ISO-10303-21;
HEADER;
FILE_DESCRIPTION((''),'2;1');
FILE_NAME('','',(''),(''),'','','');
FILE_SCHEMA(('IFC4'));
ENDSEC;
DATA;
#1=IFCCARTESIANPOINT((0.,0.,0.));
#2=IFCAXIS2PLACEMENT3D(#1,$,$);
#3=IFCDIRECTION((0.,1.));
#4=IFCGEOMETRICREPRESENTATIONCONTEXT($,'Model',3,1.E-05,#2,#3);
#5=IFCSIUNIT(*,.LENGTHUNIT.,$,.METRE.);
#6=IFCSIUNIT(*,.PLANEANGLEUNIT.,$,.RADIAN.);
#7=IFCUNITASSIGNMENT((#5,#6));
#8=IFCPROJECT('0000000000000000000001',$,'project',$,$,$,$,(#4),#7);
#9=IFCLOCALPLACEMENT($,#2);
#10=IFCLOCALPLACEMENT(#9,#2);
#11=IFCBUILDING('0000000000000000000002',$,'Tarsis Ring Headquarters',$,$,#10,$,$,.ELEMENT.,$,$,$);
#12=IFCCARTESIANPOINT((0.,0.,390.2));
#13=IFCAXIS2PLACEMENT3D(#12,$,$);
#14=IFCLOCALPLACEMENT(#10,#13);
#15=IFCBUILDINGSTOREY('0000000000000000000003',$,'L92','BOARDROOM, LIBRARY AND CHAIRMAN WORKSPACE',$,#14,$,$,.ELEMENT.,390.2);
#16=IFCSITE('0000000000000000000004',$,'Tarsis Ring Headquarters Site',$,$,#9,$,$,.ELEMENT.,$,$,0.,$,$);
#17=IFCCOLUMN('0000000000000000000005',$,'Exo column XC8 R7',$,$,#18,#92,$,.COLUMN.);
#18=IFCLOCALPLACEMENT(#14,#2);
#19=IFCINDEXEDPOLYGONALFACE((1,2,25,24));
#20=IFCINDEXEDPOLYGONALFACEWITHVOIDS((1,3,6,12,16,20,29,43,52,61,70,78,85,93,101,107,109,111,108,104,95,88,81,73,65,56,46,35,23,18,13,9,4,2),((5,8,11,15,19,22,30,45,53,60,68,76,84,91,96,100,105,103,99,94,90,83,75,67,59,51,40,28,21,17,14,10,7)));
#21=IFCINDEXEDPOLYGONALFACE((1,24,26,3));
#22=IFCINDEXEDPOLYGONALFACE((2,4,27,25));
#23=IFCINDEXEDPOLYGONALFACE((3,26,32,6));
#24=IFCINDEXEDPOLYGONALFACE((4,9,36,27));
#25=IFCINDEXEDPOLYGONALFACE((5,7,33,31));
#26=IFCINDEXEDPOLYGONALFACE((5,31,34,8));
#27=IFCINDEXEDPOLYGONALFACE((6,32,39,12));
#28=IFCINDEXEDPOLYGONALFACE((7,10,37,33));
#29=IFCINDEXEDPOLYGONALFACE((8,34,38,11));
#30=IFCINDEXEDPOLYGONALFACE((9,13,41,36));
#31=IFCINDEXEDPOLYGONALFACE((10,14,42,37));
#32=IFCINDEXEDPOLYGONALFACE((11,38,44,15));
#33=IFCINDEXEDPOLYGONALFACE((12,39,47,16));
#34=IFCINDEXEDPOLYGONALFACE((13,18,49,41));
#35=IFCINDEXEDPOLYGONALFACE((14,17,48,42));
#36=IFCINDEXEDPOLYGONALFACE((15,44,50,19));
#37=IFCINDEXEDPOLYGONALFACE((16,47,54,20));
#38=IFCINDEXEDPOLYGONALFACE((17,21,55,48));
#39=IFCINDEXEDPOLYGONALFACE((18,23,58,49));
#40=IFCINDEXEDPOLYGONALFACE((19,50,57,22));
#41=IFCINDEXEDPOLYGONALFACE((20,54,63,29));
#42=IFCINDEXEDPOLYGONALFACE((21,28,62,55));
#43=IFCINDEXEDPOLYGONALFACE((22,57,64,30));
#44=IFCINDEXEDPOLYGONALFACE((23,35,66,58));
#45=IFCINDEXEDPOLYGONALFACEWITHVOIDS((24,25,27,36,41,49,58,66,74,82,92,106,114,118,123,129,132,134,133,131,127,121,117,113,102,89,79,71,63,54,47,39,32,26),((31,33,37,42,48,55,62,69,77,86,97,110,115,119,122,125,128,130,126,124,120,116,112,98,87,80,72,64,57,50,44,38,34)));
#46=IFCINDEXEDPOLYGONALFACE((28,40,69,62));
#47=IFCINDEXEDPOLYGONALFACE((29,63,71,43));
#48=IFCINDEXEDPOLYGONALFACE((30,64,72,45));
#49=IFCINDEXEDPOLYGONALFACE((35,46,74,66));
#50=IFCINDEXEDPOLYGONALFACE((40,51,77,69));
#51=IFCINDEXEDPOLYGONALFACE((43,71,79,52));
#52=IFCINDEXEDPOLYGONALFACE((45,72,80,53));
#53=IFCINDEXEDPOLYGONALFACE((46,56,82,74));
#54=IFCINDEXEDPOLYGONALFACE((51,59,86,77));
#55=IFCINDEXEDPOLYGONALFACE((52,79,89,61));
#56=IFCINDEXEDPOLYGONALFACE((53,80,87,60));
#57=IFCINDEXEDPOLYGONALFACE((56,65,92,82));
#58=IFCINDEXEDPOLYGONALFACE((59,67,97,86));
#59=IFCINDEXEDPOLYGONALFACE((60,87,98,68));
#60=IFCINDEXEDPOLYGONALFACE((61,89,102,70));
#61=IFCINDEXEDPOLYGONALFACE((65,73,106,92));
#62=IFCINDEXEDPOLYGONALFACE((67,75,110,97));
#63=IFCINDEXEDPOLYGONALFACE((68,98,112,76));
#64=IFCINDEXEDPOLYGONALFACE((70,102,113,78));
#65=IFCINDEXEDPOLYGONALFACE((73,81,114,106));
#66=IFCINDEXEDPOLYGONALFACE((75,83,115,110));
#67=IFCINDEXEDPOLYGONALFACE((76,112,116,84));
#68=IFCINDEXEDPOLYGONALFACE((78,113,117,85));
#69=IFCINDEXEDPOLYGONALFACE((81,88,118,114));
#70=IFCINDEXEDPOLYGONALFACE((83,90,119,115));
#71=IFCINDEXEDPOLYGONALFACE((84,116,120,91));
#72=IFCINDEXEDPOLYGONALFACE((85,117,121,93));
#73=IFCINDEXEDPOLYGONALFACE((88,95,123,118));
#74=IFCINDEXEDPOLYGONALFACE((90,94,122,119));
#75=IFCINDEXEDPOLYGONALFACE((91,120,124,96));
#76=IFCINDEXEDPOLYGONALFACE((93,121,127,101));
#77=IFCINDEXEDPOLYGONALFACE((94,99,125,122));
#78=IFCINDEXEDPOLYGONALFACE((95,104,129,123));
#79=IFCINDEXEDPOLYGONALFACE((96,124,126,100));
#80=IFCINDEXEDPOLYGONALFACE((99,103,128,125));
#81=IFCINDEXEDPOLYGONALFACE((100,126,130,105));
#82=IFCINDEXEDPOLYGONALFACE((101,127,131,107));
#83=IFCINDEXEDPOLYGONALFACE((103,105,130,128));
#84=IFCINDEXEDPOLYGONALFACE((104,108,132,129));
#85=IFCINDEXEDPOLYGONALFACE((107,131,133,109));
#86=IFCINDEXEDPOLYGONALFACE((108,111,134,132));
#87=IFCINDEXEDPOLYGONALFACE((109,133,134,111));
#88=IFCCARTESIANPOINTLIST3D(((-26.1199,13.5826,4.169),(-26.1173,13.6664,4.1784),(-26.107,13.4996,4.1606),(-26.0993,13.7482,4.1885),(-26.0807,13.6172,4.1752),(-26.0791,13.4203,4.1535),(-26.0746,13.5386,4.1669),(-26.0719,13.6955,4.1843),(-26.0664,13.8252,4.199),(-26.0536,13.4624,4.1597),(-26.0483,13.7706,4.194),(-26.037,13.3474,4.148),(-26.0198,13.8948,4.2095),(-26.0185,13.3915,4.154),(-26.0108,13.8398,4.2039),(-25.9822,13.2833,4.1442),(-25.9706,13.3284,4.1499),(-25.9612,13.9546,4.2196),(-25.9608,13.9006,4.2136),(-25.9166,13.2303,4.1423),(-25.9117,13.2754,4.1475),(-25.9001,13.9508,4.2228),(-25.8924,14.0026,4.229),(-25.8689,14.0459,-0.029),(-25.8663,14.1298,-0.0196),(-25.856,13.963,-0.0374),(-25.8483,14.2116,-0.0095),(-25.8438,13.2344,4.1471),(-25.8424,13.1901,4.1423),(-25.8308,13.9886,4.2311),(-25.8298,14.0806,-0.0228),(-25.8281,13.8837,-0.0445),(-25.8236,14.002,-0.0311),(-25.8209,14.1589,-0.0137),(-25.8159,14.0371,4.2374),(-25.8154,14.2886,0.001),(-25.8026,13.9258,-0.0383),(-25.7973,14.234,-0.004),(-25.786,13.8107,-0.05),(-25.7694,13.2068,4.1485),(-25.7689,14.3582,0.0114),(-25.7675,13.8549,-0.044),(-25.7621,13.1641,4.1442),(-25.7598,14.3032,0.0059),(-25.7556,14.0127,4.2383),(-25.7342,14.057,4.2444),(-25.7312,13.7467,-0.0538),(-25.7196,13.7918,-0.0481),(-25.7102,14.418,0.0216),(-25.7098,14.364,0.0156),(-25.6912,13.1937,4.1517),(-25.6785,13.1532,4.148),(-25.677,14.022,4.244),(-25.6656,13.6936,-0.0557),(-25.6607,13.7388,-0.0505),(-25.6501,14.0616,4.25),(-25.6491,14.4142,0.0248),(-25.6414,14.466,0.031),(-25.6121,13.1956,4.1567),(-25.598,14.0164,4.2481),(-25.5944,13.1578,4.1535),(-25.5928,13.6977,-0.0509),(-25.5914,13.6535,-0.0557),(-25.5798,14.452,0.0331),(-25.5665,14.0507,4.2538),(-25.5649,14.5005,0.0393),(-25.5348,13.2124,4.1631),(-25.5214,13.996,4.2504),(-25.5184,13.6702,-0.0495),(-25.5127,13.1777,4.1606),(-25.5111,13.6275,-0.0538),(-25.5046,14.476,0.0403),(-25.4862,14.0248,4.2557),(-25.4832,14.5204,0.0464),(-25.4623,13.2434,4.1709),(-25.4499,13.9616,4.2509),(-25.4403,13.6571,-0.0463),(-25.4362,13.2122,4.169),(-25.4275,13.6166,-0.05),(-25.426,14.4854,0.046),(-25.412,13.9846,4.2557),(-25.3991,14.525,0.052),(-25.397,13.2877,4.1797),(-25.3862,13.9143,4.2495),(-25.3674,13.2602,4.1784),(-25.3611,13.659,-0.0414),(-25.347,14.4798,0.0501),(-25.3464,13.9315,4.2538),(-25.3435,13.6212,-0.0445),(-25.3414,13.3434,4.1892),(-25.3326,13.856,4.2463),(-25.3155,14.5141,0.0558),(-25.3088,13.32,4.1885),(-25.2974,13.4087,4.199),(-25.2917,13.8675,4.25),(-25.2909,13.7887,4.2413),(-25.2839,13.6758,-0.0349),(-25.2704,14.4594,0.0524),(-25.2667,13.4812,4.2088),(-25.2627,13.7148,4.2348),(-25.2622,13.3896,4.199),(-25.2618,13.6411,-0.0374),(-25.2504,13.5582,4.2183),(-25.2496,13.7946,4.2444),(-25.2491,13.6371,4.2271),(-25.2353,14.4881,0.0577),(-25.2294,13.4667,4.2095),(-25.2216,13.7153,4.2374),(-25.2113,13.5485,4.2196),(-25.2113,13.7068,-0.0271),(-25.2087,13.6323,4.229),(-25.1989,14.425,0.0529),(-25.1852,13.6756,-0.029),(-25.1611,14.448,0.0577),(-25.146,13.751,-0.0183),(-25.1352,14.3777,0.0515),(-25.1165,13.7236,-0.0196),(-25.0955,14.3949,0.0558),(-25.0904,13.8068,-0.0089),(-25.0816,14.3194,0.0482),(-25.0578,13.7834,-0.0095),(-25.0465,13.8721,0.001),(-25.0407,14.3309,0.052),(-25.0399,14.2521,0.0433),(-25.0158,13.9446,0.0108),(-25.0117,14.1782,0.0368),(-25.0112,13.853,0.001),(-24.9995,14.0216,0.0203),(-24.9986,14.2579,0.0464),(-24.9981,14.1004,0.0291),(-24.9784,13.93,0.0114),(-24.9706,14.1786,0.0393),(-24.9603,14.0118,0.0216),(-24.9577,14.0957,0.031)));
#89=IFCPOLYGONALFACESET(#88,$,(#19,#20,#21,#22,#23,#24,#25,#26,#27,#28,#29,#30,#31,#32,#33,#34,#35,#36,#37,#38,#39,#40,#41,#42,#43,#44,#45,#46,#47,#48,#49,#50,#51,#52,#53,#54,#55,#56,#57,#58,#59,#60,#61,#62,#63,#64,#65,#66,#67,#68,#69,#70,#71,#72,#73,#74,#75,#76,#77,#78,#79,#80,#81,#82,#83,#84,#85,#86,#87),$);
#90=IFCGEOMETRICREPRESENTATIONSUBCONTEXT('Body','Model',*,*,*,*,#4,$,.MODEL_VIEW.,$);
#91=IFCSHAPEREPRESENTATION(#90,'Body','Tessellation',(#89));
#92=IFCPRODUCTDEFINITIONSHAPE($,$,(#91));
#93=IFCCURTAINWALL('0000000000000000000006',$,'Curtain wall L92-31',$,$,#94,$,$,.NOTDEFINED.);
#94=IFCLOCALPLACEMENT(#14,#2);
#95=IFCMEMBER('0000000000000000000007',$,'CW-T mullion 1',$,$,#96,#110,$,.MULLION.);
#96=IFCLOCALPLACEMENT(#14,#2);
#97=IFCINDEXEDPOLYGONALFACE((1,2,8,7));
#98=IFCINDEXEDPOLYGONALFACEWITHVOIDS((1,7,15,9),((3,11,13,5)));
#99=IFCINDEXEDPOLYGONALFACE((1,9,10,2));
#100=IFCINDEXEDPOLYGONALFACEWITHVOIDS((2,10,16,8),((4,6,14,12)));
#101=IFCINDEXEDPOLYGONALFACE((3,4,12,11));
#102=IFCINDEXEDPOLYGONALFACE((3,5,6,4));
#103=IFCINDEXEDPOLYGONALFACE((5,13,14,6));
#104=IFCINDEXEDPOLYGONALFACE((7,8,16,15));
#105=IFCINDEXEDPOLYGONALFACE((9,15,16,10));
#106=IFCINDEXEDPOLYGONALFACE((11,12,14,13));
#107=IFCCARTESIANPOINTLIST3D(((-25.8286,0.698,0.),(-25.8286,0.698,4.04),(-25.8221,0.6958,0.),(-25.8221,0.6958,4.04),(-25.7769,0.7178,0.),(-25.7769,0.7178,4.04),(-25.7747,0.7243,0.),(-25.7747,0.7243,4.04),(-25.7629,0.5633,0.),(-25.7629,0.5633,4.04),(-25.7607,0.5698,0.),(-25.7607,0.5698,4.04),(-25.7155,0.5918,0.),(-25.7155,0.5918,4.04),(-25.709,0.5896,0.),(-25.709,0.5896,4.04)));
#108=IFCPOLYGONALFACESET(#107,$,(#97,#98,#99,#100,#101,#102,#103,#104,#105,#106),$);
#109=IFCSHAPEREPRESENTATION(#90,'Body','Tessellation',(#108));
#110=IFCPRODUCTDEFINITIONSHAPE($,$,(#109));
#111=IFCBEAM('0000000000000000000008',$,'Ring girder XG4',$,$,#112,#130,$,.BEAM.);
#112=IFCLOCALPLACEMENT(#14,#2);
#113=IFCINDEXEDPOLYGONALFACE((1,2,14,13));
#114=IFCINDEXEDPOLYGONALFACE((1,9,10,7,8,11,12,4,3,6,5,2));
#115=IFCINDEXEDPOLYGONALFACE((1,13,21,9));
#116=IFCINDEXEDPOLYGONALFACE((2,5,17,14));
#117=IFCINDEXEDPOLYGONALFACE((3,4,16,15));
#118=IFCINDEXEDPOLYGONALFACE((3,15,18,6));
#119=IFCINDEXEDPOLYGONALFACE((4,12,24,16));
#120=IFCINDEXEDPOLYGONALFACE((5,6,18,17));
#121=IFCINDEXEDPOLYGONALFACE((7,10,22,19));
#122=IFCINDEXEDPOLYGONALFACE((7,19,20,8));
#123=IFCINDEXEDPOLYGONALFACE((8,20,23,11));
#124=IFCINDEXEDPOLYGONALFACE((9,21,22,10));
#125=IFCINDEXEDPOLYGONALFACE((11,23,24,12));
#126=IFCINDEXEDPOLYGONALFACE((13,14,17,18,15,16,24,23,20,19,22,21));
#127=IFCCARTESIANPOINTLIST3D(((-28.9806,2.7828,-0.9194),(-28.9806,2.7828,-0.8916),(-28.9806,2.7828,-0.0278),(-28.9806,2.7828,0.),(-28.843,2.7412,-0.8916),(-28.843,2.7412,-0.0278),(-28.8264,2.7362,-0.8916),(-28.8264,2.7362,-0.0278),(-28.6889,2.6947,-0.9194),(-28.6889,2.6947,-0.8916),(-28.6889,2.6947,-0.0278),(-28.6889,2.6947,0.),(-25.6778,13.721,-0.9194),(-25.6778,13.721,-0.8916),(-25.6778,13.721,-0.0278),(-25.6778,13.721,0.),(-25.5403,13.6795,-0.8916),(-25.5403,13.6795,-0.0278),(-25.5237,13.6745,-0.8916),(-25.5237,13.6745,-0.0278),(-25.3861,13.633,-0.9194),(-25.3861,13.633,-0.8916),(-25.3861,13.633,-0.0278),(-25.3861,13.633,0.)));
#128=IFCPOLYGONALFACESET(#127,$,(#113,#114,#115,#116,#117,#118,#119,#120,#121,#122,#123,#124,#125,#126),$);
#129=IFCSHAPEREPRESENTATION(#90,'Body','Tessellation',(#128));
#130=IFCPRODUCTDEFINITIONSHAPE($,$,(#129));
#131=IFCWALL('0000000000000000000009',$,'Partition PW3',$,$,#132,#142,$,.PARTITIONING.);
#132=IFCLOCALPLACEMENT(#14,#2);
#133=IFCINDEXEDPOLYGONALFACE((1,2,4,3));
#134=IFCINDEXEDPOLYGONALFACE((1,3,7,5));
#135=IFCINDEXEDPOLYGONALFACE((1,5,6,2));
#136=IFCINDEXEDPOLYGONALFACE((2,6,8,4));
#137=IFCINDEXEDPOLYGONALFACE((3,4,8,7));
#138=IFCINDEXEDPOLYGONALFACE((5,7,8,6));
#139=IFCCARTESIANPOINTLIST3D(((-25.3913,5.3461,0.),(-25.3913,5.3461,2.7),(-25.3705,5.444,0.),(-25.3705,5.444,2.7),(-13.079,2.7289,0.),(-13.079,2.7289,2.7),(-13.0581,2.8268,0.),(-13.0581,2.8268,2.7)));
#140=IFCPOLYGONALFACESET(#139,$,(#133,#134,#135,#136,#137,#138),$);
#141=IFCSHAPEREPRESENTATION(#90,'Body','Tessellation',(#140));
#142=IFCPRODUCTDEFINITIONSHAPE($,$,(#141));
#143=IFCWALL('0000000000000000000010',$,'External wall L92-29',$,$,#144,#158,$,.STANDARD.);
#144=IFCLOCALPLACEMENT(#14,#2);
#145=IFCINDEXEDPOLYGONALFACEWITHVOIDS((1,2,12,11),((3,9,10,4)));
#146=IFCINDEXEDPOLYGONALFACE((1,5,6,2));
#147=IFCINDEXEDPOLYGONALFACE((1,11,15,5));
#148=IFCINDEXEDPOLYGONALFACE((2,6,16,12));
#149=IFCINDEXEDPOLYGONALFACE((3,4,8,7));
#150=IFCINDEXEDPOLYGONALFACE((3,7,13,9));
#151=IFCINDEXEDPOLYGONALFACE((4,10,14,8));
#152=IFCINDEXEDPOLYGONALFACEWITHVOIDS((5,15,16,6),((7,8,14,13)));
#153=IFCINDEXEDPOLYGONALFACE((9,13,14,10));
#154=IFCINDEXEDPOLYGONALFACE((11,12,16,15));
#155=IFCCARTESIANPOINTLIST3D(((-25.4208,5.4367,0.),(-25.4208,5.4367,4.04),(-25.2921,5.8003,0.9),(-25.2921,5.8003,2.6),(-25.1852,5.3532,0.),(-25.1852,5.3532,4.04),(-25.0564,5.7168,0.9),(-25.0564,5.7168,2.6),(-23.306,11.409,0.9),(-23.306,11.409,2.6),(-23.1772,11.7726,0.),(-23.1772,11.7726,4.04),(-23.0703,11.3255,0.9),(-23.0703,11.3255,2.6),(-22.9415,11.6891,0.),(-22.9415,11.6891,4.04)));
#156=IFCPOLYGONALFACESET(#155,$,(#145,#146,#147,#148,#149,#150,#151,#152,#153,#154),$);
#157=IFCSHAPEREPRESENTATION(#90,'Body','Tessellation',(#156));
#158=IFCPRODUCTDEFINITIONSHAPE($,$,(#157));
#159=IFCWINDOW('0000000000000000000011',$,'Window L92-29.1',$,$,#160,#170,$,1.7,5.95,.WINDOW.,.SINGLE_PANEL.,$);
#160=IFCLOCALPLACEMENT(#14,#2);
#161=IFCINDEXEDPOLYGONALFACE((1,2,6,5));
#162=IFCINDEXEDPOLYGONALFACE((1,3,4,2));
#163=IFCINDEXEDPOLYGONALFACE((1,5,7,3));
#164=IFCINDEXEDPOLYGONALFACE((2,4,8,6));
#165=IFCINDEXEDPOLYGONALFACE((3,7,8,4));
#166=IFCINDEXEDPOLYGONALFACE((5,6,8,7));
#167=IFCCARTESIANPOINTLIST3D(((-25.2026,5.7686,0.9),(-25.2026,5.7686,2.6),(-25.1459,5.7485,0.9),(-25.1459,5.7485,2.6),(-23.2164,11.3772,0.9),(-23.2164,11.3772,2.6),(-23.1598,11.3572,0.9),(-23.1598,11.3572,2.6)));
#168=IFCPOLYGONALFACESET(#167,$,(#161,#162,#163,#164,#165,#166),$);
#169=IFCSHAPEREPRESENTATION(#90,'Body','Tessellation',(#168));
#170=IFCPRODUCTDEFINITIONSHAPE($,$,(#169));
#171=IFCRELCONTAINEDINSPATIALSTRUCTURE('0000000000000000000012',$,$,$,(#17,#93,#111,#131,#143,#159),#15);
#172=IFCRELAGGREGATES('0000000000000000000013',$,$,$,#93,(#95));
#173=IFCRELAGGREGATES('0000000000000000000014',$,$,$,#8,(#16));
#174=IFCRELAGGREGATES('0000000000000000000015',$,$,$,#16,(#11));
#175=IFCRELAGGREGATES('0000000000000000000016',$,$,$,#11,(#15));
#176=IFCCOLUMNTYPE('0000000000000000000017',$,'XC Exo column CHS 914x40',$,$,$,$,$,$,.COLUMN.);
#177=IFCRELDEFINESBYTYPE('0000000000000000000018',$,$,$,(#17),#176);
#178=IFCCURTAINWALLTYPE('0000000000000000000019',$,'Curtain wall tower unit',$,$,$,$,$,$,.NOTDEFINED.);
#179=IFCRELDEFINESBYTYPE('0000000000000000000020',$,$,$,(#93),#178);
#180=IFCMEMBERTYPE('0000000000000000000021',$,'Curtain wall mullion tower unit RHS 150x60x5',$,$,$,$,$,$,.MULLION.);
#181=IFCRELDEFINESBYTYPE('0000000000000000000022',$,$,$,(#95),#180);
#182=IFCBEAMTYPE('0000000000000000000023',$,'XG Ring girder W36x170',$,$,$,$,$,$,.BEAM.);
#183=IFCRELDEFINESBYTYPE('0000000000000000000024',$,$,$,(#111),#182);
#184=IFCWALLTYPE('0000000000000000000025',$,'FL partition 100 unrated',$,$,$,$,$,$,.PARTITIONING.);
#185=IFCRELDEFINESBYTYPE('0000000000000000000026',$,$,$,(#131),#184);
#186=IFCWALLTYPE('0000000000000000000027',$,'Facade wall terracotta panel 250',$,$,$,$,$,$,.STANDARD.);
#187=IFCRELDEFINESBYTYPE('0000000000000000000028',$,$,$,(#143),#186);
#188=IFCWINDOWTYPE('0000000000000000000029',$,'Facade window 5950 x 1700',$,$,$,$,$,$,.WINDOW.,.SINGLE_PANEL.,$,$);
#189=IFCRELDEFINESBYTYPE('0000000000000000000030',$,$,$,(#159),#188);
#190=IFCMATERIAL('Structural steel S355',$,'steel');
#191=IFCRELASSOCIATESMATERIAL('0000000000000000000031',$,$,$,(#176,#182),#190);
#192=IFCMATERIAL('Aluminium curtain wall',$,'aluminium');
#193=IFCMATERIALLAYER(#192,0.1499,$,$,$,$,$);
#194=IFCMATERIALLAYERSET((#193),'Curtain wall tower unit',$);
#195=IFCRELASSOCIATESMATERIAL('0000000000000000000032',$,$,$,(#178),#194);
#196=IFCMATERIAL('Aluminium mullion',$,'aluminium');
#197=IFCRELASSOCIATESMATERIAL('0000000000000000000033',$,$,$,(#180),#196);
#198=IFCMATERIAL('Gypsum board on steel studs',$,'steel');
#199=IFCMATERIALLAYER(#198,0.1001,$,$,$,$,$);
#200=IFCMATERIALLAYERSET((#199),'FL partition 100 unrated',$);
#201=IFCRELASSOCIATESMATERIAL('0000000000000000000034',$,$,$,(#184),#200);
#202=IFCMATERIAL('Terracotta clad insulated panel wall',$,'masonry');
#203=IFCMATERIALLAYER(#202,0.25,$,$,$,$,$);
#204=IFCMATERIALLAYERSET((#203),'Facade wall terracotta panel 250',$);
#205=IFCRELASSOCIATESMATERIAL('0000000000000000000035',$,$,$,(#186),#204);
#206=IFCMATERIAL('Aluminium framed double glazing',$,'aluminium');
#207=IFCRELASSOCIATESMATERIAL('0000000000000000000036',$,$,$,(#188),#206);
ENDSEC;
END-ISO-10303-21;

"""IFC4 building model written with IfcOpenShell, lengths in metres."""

from ifc_helpers import new_model, si_unit, direction, frame, frame_2d, origin, origin_2d, place, context, subcontext, project, spatial, rectangle, hollow_rectangle, hollow_circle, i_section, extrude, material, layer, layer_set, material_profile, profile_set, type_object, element, fill, aggregate, save


model = new_model("IFC4")

# Units and contexts
model_context = context("Model", 3, precision=1e-05, world=origin(), true_north=direction((0.0, 1.0)))
body_context = subcontext(model_context, "Body", "Model", "MODEL_VIEW")
ifc_project = project(units=[si_unit("LENGTHUNIT", "METRE"), si_unit("PLANEANGLEUNIT", "RADIAN")], contexts=[model_context])

# Site, building, storey
site_placement = place(None, origin())
site = spatial("IfcSite", under=ifc_project, at=site_placement, Name="Tarsis Ring Headquarters Site", CompositionType="ELEMENT", RefElevation=0.0)
building_placement = place(site_placement, origin())
building = spatial("IfcBuilding", under=site, at=building_placement, Name="Tarsis Ring Headquarters", CompositionType="ELEMENT")
storey_placement = place(building_placement, frame((0.0, 0.0, 390.2)))
storey = spatial("IfcBuildingStorey", under=building, at=storey_placement, Name="L92", Description="BOARDROOM, LIBRARY AND CHAIRMAN WORKSPACE", CompositionType="ELEMENT", Elevation=390.2)

# Column
ifc_material_1 = material(Name="Structural steel S355", Category="steel")
ifc_material_profile_1 = material_profile(ifc_material_1, hollow_circle(Radius=0.457, WallThickness=0.04, at=origin_2d()), Name="CHS 914x40")
ifc_profile_set_1 = profile_set([ifc_material_profile_1], Name="Structural steel S355")
column_type = type_object("IfcColumnType", Name="XC Exo column CHS 914x40", PredefinedType="COLUMN", material=ifc_profile_set_1)
column_placement = place(storey_placement, frame((-25.4133, 14.0708, 0.001), z_axis=(-0.059319, -0.109521, 0.992213), x_axis=(0.879308, -0.476253, 0.0)))
element("IfcColumn", 1, at=column_placement, inside=storey, type_object=column_type, Name="Exo column XC8 R7", PredefinedType="COLUMN", context=body_context, shape_type="SweptSolid", body=[
    extrude(hollow_circle(Radius=0.4573, WallThickness=0.04, at=origin_2d()), origin(), (0.0, 0.0, 1.0), 4.231),
])

# Curtain wall, member
ifc_material_2 = material(Name="Aluminium curtain wall", Category="aluminium")
ifc_layer_1 = layer(ifc_material_2, 0.1499)
ifc_layer_set_1 = layer_set([ifc_layer_1], Name="Curtain wall tower unit")
curtain_wall_type = type_object("IfcCurtainWallType", Name="Curtain wall tower unit", PredefinedType="NOTDEFINED", material=ifc_layer_set_1)
curtain_wall_placement = place(storey_placement, origin())
curtain_wall = element("IfcCurtainWall", 2, at=curtain_wall_placement, inside=storey, type_object=curtain_wall_type, Name="Curtain wall L92-31", PredefinedType="NOTDEFINED")
ifc_material_3 = material(Name="Aluminium mullion", Category="aluminium")
ifc_material_profile_2 = material_profile(ifc_material_3, hollow_rectangle(XDim=0.1499, YDim=0.0601, WallThickness=0.0049, at=origin_2d()), Name="RHS 150x60x5")
ifc_profile_set_2 = profile_set([ifc_material_profile_2], Name="Aluminium mullion")
member_type = type_object("IfcMemberType", Name="Curtain wall mullion tower unit RHS 150x60x5", PredefinedType="MULLION", material=ifc_profile_set_2)
member_placement = place(storey_placement, frame((-25.7688, 0.6438, 0.0), z_axis=(0.0, 0.0, 1.0), x_axis=(0.438371, -0.898794, 0.0)))
member = element("IfcMember", 3, at=member_placement, type_object=member_type, Name="CW-T mullion 1", PredefinedType="MULLION", context=body_context, shape_type="SweptSolid", body=[
    extrude(hollow_rectangle(XDim=0.1499, YDim=0.0601, WallThickness=0.0049, at=origin_2d()), origin(), (0.0, 0.0, 1.0), 4.04),
])
aggregate(curtain_wall, [member])

# Beam
ifc_material_profile_3 = material_profile(ifc_material_1, i_section(OverallWidth=0.3047, OverallDepth=0.9194, WebThickness=0.0173, FlangeThickness=0.0278, at=origin_2d()), Name="W36x170")
ifc_profile_set_3 = profile_set([ifc_material_profile_3], Name="Structural steel S355")
beam_type = type_object("IfcBeamType", Name="XG Ring girder W36x170", PredefinedType="BEAM", material=ifc_profile_set_3)
beam_placement = place(storey_placement, frame((-25.532, 13.677, -0.4597), z_axis=(-0.289055, -0.957313, 0.0), x_axis=(0.957313, -0.289055, 0.0)))
element("IfcBeam", 4, at=beam_placement, inside=storey, type_object=beam_type, Name="Ring girder XG4", PredefinedType="BEAM", context=body_context, shape_type="SweptSolid", body=[
    extrude(i_section(OverallWidth=0.3047, OverallDepth=0.9194, WebThickness=0.0173, FlangeThickness=0.0278, at=origin_2d()), origin(), (0.0, 0.0, 1.0), 11.426),
])

# Wall
ifc_material_4 = material(Name="Gypsum board on steel studs", Category="steel")
ifc_layer_2 = layer(ifc_material_4, 0.1001)
ifc_layer_set_2 = layer_set([ifc_layer_2], Name="FL partition 100 unrated")
wall_type_1 = type_object("IfcWallType", Name="FL partition 100 unrated", PredefinedType="PARTITIONING", material=ifc_layer_set_2)
wall_1_placement = place(storey_placement, frame((-25.3809, 5.395, 0.0), z_axis=(0.0, 0.0, 1.0), x_axis=(0.978145, -0.207922, 0.0)))
element("IfcWall", 5, at=wall_1_placement, inside=storey, type_object=wall_type_1, Name="Partition PW3", PredefinedType="PARTITIONING", context=body_context, shape_type="SweptSolid", body=[
    extrude(rectangle(XDim=12.5874, YDim=0.1001, at=frame_2d((6.2937, 0.0))), origin(), (0.0, 0.0, 1.0), 2.7),
])

# Wall, opening, window
ifc_material_5 = material(Name="Terracotta clad insulated panel wall", Category="masonry")
ifc_layer_3 = layer(ifc_material_5, 0.25)
ifc_layer_set_3 = layer_set([ifc_layer_3], Name="Facade wall terracotta panel 250")
wall_type_2 = type_object("IfcWallType", Name="Facade wall terracotta panel 250", PredefinedType="STANDARD", material=ifc_layer_set_3)
wall_2_placement = place(storey_placement, frame((-23.0593, 11.731, 0.0), z_axis=(0.0, 0.0, 1.0), x_axis=(-0.333804, -0.942642, 0.0)))
wall_2 = element("IfcWall", 6, at=wall_2_placement, inside=storey, type_object=wall_type_2, Name="External wall L92-29", PredefinedType="STANDARD", context=body_context, shape_type="SweptSolid", body=[
    extrude(rectangle(XDim=6.7214, YDim=0.25, at=frame_2d((3.3608, 0.0))), origin(), (0.0, 0.0, 1.0), 4.04),
])
opening_1_placement = place(wall_2_placement, frame((0.3857, 0.0, 0.8999)))
opening_1 = element("IfcOpeningElement", 7, at=opening_1_placement, cuts=wall_2, PredefinedType="OPENING", context=body_context, shape_type="SweptSolid", body=[
    extrude(rectangle(XDim=5.95, YDim=1.7, at=frame_2d((2.9751, 0.8501))), frame((0.0, 0.135, 0.0), z_axis=(0.0, -1.0, 0.0), x_axis=(1.0, 0.0, 0.0)), (0.0, 0.0, 1.0), 0.27),
])
ifc_material_6 = material(Name="Aluminium framed double glazing", Category="aluminium")
window_type_1 = type_object("IfcWindowType", Name="Facade window 5950 x 1700", PartitioningType="SINGLE_PANEL", PredefinedType="WINDOW", material=ifc_material_6)
window_1_placement = place(opening_1_placement, origin())
window_1 = element("IfcWindow", 8, at=window_1_placement, inside=storey, type_object=window_type_1, Name="Window L92-29.1", OverallHeight=1.7, OverallWidth=5.95, PartitioningType="SINGLE_PANEL", PredefinedType="WINDOW", context=body_context, shape_type="SweptSolid", body=[
    extrude(rectangle(XDim=5.95, YDim=1.7, at=frame_2d((2.9751, 0.8501))), frame((0.0, 0.03, 0.0), z_axis=(0.0, -1.0, 0.0), x_axis=(1.0, 0.0, 0.0)), (0.0, 0.0, 1.0), 0.0601),
])
fill(opening_1, window_1)

save(model, "model.ifc")
